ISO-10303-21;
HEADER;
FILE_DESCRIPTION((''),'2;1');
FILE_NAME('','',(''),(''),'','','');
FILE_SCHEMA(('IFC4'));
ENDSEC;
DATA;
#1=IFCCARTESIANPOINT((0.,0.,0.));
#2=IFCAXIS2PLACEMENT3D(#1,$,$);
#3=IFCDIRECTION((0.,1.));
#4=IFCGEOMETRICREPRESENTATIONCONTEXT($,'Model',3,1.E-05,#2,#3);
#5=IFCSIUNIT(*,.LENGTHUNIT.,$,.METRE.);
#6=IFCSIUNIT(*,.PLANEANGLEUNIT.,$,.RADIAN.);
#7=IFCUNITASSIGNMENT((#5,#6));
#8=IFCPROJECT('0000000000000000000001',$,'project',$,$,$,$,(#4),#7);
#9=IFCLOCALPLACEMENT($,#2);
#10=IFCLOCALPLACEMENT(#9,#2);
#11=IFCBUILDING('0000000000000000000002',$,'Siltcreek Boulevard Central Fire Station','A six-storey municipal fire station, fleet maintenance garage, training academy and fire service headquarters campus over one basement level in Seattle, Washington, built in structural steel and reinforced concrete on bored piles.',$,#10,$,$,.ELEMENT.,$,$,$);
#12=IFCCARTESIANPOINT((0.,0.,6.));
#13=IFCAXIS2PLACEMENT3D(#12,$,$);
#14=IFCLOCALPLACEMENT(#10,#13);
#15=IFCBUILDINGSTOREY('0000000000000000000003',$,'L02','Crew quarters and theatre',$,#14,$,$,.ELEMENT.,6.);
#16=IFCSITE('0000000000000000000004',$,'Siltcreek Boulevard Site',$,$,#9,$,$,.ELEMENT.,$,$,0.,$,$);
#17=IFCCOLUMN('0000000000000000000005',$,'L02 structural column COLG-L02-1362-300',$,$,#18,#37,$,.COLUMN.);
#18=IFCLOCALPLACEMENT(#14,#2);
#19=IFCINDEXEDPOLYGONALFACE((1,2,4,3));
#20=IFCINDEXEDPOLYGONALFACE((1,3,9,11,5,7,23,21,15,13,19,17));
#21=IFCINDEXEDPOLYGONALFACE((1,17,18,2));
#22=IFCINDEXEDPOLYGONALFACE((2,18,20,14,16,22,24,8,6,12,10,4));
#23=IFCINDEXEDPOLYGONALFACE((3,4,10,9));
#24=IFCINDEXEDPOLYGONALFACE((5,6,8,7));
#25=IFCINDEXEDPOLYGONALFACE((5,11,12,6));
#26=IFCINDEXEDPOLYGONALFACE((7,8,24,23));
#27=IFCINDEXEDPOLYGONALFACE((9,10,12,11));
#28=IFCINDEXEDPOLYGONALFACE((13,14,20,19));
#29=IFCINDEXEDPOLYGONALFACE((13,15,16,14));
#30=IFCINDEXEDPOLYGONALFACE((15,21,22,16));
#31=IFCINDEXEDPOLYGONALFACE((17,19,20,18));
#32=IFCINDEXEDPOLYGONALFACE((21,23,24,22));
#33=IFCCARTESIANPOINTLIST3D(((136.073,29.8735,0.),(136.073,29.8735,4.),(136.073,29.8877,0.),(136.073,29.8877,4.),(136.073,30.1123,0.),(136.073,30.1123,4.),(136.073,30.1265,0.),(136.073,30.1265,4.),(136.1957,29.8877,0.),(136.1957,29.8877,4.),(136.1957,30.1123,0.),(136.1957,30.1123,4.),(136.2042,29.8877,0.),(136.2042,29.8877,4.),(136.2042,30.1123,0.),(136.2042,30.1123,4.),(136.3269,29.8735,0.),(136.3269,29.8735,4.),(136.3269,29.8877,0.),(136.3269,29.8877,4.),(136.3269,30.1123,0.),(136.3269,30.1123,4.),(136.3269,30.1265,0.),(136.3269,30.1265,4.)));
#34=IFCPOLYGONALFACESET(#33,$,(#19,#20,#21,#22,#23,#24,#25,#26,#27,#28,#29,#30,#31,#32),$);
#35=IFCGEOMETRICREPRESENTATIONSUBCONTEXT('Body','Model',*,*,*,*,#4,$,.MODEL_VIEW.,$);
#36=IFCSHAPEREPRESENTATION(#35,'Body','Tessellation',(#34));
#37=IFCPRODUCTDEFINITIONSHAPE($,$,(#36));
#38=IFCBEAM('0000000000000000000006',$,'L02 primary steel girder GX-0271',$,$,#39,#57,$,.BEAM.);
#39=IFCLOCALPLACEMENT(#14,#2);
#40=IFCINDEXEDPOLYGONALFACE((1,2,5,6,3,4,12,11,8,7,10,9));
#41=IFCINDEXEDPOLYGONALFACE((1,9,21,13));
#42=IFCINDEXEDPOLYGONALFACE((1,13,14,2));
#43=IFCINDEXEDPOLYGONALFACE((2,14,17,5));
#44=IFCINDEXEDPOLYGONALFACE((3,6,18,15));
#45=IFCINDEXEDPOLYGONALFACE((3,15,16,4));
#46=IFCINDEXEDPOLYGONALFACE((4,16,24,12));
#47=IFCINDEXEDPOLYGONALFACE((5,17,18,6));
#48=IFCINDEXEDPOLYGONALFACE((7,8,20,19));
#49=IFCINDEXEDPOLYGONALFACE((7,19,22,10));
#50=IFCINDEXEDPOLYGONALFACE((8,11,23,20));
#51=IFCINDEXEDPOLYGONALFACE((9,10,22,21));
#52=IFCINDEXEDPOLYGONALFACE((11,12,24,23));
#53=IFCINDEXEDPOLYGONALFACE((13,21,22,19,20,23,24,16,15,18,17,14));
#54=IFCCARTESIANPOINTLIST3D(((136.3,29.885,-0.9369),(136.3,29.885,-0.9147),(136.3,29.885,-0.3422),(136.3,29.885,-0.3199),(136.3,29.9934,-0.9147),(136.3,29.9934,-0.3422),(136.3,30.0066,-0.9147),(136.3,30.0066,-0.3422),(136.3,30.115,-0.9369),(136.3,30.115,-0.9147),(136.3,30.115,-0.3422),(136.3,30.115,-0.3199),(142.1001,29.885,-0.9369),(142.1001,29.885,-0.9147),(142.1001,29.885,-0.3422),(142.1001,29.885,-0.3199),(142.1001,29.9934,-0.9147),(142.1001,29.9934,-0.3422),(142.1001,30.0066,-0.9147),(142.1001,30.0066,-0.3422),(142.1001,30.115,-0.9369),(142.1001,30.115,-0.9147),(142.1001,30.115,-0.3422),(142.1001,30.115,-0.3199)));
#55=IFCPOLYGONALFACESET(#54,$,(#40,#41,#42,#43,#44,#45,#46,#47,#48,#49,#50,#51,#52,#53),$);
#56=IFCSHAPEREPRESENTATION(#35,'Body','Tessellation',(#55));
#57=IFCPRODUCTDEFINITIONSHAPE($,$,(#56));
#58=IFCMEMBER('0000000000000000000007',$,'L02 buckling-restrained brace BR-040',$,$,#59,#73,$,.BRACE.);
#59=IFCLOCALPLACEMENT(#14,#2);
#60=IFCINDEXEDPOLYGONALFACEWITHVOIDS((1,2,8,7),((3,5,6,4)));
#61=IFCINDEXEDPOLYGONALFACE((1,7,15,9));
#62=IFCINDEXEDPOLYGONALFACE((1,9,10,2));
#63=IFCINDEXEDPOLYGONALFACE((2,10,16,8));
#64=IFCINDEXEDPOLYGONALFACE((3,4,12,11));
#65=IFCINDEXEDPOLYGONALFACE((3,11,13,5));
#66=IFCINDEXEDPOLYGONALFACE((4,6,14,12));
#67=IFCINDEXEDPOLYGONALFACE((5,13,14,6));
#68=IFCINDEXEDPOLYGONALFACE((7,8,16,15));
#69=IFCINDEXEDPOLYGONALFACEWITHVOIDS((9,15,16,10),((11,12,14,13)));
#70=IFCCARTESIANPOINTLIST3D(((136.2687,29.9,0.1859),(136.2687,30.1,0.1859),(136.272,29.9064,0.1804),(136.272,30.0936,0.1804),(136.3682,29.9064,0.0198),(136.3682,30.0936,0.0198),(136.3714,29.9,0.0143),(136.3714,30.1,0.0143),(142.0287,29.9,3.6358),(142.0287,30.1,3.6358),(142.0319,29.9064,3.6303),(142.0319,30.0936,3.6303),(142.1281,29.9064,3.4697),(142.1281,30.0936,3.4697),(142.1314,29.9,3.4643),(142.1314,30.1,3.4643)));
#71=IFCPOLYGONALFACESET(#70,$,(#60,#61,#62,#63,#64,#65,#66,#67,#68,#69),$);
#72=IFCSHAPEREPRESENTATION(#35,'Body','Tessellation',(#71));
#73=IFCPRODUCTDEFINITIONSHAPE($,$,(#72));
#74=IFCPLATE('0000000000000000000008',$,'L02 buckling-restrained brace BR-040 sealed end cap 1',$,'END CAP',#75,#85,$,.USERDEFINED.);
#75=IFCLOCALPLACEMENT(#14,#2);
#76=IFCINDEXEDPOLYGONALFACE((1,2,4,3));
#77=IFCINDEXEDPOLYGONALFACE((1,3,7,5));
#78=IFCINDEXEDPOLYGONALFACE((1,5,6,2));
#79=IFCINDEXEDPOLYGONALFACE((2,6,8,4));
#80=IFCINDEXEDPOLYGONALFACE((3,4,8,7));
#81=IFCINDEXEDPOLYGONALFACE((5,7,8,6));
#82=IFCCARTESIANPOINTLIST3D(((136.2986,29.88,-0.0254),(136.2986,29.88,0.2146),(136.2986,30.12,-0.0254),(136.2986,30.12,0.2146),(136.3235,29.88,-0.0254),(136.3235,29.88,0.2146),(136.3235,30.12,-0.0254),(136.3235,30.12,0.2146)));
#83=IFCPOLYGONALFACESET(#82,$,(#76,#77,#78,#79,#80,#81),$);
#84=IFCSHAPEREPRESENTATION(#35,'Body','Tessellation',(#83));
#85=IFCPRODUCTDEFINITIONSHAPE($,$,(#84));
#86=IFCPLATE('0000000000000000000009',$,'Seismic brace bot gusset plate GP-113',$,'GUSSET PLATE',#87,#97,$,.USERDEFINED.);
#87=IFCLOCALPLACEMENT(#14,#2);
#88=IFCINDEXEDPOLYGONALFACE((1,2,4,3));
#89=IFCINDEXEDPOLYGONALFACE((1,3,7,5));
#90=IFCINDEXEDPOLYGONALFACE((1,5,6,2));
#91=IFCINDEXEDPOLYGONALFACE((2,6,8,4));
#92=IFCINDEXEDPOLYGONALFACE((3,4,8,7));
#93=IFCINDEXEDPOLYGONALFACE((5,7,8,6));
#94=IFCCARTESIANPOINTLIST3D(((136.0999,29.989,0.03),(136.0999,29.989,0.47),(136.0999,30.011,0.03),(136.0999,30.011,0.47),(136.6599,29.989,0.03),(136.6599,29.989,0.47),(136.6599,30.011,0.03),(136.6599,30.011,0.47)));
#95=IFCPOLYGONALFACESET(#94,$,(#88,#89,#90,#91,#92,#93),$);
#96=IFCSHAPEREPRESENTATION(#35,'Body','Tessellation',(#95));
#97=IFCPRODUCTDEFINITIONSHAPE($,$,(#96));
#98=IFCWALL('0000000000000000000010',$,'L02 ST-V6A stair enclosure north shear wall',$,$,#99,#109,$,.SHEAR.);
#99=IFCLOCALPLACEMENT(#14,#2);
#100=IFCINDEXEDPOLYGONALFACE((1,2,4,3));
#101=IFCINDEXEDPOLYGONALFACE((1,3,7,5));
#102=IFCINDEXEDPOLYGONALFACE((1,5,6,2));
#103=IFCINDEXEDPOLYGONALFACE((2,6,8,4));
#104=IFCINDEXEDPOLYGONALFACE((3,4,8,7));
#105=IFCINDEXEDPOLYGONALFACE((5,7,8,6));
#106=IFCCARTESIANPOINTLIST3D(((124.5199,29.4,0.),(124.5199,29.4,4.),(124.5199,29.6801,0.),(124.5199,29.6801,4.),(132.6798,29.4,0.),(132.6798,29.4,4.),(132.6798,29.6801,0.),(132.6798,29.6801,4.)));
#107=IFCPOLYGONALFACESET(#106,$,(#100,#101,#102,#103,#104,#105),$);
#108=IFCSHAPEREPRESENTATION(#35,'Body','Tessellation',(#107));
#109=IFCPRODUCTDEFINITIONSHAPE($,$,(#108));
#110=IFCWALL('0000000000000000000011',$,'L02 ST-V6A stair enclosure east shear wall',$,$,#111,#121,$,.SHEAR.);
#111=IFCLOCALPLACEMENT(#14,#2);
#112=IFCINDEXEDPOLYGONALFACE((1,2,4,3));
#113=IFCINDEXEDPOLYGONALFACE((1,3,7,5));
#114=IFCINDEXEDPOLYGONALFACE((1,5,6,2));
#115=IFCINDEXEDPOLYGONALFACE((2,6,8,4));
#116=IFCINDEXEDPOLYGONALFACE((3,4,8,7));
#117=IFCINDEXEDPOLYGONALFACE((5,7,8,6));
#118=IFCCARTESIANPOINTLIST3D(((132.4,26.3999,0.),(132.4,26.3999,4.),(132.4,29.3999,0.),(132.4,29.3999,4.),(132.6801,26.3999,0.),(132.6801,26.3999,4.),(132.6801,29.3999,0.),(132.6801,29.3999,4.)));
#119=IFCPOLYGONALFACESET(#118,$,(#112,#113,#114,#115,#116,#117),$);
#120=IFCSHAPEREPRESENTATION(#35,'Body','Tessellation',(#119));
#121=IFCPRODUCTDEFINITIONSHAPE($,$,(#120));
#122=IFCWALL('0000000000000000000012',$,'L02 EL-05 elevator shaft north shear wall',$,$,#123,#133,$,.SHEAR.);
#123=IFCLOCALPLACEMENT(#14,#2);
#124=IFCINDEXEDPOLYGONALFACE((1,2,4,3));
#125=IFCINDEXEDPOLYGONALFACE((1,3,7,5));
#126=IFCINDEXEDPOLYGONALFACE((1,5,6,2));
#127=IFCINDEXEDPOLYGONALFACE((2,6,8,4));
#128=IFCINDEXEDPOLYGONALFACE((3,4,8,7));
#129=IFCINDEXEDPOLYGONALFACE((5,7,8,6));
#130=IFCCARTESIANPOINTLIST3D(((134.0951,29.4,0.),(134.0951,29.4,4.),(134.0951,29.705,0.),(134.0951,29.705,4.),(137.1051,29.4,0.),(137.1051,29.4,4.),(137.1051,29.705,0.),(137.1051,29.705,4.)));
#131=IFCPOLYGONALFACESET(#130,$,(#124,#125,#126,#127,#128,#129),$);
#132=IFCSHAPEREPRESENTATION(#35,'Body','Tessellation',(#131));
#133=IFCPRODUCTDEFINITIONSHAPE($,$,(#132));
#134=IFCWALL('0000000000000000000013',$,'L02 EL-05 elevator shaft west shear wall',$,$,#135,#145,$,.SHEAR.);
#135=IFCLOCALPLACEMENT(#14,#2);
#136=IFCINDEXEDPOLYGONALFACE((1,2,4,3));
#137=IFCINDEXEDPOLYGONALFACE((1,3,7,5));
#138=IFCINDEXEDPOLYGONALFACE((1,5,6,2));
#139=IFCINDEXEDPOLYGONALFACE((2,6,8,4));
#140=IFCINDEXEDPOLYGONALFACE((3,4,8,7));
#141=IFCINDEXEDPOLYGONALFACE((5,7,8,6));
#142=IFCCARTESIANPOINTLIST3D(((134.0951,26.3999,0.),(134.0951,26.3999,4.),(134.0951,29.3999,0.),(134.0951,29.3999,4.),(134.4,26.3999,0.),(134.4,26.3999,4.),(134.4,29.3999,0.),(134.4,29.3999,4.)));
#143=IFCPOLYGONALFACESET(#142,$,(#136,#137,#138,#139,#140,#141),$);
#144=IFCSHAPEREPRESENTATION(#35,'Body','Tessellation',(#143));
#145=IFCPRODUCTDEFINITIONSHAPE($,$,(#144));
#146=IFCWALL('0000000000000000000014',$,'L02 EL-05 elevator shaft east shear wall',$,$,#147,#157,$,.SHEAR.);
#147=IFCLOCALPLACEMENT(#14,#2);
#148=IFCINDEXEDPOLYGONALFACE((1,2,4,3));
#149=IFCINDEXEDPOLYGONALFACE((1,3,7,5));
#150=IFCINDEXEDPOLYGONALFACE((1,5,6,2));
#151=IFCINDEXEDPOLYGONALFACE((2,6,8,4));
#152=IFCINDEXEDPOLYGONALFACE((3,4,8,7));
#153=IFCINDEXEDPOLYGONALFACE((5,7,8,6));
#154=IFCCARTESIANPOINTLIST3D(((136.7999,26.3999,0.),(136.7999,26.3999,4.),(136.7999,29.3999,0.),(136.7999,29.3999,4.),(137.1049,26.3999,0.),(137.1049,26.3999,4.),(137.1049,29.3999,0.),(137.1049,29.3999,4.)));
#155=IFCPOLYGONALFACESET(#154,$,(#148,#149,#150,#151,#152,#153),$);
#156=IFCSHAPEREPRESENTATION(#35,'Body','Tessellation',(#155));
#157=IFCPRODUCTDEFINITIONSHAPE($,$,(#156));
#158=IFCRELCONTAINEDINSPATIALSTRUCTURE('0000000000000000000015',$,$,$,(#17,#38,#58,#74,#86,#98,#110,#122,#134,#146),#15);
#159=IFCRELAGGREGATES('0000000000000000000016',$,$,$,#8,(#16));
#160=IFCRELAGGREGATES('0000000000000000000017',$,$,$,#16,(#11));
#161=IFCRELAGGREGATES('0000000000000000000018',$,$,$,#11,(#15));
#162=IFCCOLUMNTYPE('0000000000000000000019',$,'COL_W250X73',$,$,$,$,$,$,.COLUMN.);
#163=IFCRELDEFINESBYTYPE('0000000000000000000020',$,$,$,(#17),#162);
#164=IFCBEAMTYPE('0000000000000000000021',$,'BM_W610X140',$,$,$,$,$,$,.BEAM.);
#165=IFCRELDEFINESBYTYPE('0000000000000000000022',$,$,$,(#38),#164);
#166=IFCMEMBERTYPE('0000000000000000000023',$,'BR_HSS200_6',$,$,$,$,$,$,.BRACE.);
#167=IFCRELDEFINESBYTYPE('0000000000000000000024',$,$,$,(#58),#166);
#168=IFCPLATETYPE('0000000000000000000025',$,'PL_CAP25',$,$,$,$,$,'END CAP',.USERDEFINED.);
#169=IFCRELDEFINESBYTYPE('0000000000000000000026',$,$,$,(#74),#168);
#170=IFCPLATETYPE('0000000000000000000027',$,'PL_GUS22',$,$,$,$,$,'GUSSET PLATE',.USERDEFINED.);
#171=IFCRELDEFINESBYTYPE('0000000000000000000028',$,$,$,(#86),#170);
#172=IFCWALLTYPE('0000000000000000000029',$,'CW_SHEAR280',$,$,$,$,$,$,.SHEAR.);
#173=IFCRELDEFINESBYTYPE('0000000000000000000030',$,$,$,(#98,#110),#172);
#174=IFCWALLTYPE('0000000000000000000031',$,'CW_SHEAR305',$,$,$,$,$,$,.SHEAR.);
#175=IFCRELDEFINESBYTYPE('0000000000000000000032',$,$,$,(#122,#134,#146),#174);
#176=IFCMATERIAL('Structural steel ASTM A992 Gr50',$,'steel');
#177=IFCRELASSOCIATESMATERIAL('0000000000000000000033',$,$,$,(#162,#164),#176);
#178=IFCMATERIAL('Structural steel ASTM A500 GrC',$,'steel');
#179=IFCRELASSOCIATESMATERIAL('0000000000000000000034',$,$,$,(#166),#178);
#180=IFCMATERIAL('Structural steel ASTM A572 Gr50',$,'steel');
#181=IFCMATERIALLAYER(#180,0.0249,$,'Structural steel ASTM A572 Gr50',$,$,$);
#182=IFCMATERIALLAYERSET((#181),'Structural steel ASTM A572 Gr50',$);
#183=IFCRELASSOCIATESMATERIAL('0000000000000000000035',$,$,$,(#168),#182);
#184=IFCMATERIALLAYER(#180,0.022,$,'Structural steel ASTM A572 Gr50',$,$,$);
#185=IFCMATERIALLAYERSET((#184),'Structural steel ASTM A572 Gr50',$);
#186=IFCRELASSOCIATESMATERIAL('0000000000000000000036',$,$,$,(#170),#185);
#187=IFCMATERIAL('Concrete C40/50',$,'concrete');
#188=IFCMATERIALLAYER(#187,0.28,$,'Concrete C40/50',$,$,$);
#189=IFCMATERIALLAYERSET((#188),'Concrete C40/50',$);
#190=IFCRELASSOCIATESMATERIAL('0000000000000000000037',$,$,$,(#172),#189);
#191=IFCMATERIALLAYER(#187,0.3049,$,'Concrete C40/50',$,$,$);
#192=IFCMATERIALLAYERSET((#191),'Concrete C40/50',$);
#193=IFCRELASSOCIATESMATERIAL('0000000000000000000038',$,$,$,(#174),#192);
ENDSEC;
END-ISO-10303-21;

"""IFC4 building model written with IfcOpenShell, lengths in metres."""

from ifc_helpers import new_model, si_unit, direction, frame, frame_2d, origin, origin_2d, place, context, subcontext, project, spatial, rectangle, hollow_rectangle, i_section, extrude, material, layer, layer_set, material_profile, profile_set, type_object, element, save


model = new_model("IFC4")

# Units and contexts
model_context = context("Model", 3, precision=1e-05, world=origin(), true_north=direction((0.0, 1.0)))
body_context = subcontext(model_context, "Body", "Model", "MODEL_VIEW")
ifc_project = project(units=[si_unit("LENGTHUNIT", "METRE"), si_unit("PLANEANGLEUNIT", "RADIAN")], contexts=[model_context])

# Site, building, storey
site_placement = place(None, origin())
site = spatial("IfcSite", under=ifc_project, at=site_placement, Name="Siltcreek Boulevard Site", CompositionType="ELEMENT", RefElevation=0.0)
building_placement = place(site_placement, origin())
building = spatial("IfcBuilding", under=site, at=building_placement, Name="Siltcreek Boulevard Central Fire Station", Description="A six-storey municipal fire station, fleet maintenance garage, training academy and fire service headquarters campus over one basement level in Seattle, Washington, built in structural steel and reinforced concrete on bored piles.", CompositionType="ELEMENT")
storey_placement = place(building_placement, frame((0.0, 0.0, 6.0)))
storey = spatial("IfcBuildingStorey", under=building, at=storey_placement, Name="L02", Description="Crew quarters and theatre", CompositionType="ELEMENT", Elevation=6.0)

# Column
ifc_material_1 = material(Name="Structural steel ASTM A992 Gr50", Category="steel")
ifc_material_profile_1 = material_profile(ifc_material_1, i_section(OverallWidth=0.2539, OverallDepth=0.2529, WebThickness=0.0085, FlangeThickness=0.0142, at=origin_2d()), Name="W250X73")
ifc_profile_set_1 = profile_set([ifc_material_profile_1], Name="Structural steel ASTM A992 Gr50")
column_type = type_object("IfcColumnType", Name="COL_W250X73", PredefinedType="COLUMN", material=ifc_profile_set_1)
column_placement = place(storey_placement, frame((136.2, 30.0, 0.0), z_axis=(0.0, 0.0, 1.0), x_axis=(1.0, 0.0, 0.0)))
element("IfcColumn", 1, at=column_placement, inside=storey, type_object=column_type, Name="L02 structural column COLG-L02-1362-300", PredefinedType="COLUMN", context=body_context, shape_type="SweptSolid", body=[
    extrude(i_section(OverallWidth=0.2539, OverallDepth=0.2529, WebThickness=0.0085, FlangeThickness=0.0142, at=origin_2d()), origin(), (0.0, 0.0, 1.0), 4.0),
])

# Beam
ifc_material_profile_2 = material_profile(ifc_material_1, i_section(OverallWidth=0.23, OverallDepth=0.6169, WebThickness=0.0132, FlangeThickness=0.0222, at=origin_2d()), Name="W610X140")
ifc_profile_set_2 = profile_set([ifc_material_profile_2], Name="Structural steel ASTM A992 Gr50")
beam_type = type_object("IfcBeamType", Name="BM_W610X140", PredefinedType="BEAM", material=ifc_profile_set_2)
beam_placement = place(storey_placement, frame((136.3, 30.0, -0.6284), z_axis=(1.0, 0.0, 0.0), x_axis=(0.0, 1.0, 0.0)))
element("IfcBeam", 2, at=beam_placement, inside=storey, type_object=beam_type, Name="L02 primary steel girder GX-0271", PredefinedType="BEAM", context=body_context, shape_type="SweptSolid", body=[
    extrude(i_section(OverallWidth=0.23, OverallDepth=0.6169, WebThickness=0.0132, FlangeThickness=0.0222, at=origin_2d()), origin(), (0.0, 0.0, 1.0), 5.8),
])

# Member
ifc_material_2 = material(Name="Structural steel ASTM A500 GrC", Category="steel")
ifc_material_profile_3 = material_profile(ifc_material_2, hollow_rectangle(XDim=0.2, YDim=0.2, WallThickness=0.0063, at=origin_2d()), Name="HSS200X200X6.4")
ifc_profile_set_3 = profile_set([ifc_material_profile_3], Name="Structural steel ASTM A500 GrC")
member_type = type_object("IfcMemberType", Name="BR_HSS200_6", PredefinedType="BRACE", material=ifc_profile_set_3)
member_placement = place(storey_placement, frame((136.3201, 30.0, 0.1001), z_axis=(0.857891, 0.0, 0.513833), x_axis=(0.0, 1.0, 0.0)))
element("IfcMember", 3, at=member_placement, inside=storey, type_object=member_type, Name="L02 buckling-restrained brace BR-040", PredefinedType="BRACE", context=body_context, shape_type="SweptSolid", body=[
    extrude(hollow_rectangle(XDim=0.2, YDim=0.2, WallThickness=0.0063, at=origin_2d()), origin(), (0.0, 0.0, 1.0), 6.7141),
])

# Plates
ifc_material_3 = material(Name="Structural steel ASTM A572 Gr50", Category="steel")
ifc_layer_1 = layer(ifc_material_3, 0.0249, Name="Structural steel ASTM A572 Gr50")
ifc_layer_set_1 = layer_set([ifc_layer_1], Name="Structural steel ASTM A572 Gr50")
plate_type_1 = type_object("IfcPlateType", Name="PL_CAP25", ElementType="END CAP", PredefinedType="USERDEFINED", material=ifc_layer_set_1)
plate_1_placement = place(storey_placement, frame((136.311, 30.0, -0.0254), z_axis=(0.0, 0.0, 1.0), x_axis=(1.0, 0.0, 0.0)))
element("IfcPlate", 4, at=plate_1_placement, inside=storey, type_object=plate_type_1, Name="L02 buckling-restrained brace BR-040 sealed end cap 1", ObjectType="END CAP", PredefinedType="USERDEFINED", context=body_context, shape_type="SweptSolid", body=[
    extrude(rectangle(XDim=0.0249, YDim=0.24, at=origin_2d()), origin(), (0.0, 0.0, 1.0), 0.24),
])
ifc_layer_2 = layer(ifc_material_3, 0.022, Name="Structural steel ASTM A572 Gr50")
ifc_layer_set_2 = layer_set([ifc_layer_2], Name="Structural steel ASTM A572 Gr50")
plate_type_2 = type_object("IfcPlateType", Name="PL_GUS22", ElementType="GUSSET PLATE", PredefinedType="USERDEFINED", material=ifc_layer_set_2)
plate_2_placement = place(storey_placement, frame((136.3799, 30.0, 0.03), z_axis=(0.0, 0.0, 1.0), x_axis=(1.0, 0.0, 0.0)))
element("IfcPlate", 5, at=plate_2_placement, inside=storey, type_object=plate_type_2, Name="Seismic brace bot gusset plate GP-113", ObjectType="GUSSET PLATE", PredefinedType="USERDEFINED", context=body_context, shape_type="SweptSolid", body=[
    extrude(rectangle(XDim=0.5601, YDim=0.022, at=origin_2d()), origin(), (0.0, 0.0, 1.0), 0.4399),
])

# Walls
ifc_material_4 = material(Name="Concrete C40/50", Category="concrete")
ifc_layer_3 = layer(ifc_material_4, 0.28, Name="Concrete C40/50")
ifc_layer_set_3 = layer_set([ifc_layer_3], Name="Concrete C40/50")
wall_type_1 = type_object("IfcWallType", Name="CW_SHEAR280", PredefinedType="SHEAR", material=ifc_layer_set_3)
wall_1_placement = place(storey_placement, frame((132.6799, 29.54, 0.0), z_axis=(0.0, 0.0, 1.0), x_axis=(-1.0, 0.0, 0.0)))
element("IfcWall", 6, at=wall_1_placement, inside=storey, type_object=wall_type_1, Name="L02 ST-V6A stair enclosure north shear wall", PredefinedType="SHEAR", context=body_context, shape_type="SweptSolid", body=[
    extrude(rectangle(XDim=8.1599, YDim=0.28, at=frame_2d((4.0801, 0.0))), origin(), (0.0, 0.0, 1.0), 4.0),
])
wall_2_placement = place(storey_placement, frame((132.54, 26.3999, 0.0), z_axis=(0.0, 0.0, 1.0), x_axis=(0.0, 1.0, 0.0)))
element("IfcWall", 7, at=wall_2_placement, inside=storey, type_object=wall_type_1, Name="L02 ST-V6A stair enclosure east shear wall", PredefinedType="SHEAR", context=body_context, shape_type="SweptSolid", body=[
    extrude(rectangle(XDim=3.0, YDim=0.28, at=frame_2d((1.5, 0.0))), origin(), (0.0, 0.0, 1.0), 4.0),
])

# Shared definitions
ifc_layer_4 = layer(ifc_material_4, 0.3049, Name="Concrete C40/50")
ifc_layer_set_4 = layer_set([ifc_layer_4], Name="Concrete C40/50")
wall_type_2 = type_object("IfcWallType", Name="CW_SHEAR305", PredefinedType="SHEAR", material=ifc_layer_set_4)

# Walls
wall_3_placement = place(storey_placement, frame((137.105, 29.5525, 0.0), z_axis=(0.0, 0.0, 1.0), x_axis=(-1.0, 0.0, 0.0)))
element("IfcWall", 8, at=wall_3_placement, inside=storey, type_object=wall_type_2, Name="L02 EL-05 elevator shaft north shear wall", PredefinedType="SHEAR", context=body_context, shape_type="SweptSolid", body=[
    extrude(rectangle(XDim=3.01, YDim=0.3049, at=frame_2d((1.5049, 0.0))), origin(), (0.0, 0.0, 1.0), 4.0),
])
for number, where, z_axis, x_axis, name in (
    (9, (134.2476, 29.3999, 0.0), (0.0, 0.0, 1.0), (0.0, -1.0, 0.0), "L02 EL-05 elevator shaft west shear wall"),
    (10, (136.9524, 26.3999, 0.0), (0.0, 0.0, 1.0), (0.0, 1.0, 0.0), "L02 EL-05 elevator shaft east shear wall"),
):
    element("IfcWall", number, at=place(storey_placement, frame(where, z_axis=z_axis, x_axis=x_axis)), inside=storey, type_object=wall_type_2, Name=name, PredefinedType="SHEAR", context=body_context, shape_type="SweptSolid", body=[
        extrude(rectangle(XDim=3.0, YDim=0.3049, at=frame_2d((1.5, 0.0))), origin(), (0.0, 0.0, 1.0), 4.0),
    ])

save(model, "model.ifc")
